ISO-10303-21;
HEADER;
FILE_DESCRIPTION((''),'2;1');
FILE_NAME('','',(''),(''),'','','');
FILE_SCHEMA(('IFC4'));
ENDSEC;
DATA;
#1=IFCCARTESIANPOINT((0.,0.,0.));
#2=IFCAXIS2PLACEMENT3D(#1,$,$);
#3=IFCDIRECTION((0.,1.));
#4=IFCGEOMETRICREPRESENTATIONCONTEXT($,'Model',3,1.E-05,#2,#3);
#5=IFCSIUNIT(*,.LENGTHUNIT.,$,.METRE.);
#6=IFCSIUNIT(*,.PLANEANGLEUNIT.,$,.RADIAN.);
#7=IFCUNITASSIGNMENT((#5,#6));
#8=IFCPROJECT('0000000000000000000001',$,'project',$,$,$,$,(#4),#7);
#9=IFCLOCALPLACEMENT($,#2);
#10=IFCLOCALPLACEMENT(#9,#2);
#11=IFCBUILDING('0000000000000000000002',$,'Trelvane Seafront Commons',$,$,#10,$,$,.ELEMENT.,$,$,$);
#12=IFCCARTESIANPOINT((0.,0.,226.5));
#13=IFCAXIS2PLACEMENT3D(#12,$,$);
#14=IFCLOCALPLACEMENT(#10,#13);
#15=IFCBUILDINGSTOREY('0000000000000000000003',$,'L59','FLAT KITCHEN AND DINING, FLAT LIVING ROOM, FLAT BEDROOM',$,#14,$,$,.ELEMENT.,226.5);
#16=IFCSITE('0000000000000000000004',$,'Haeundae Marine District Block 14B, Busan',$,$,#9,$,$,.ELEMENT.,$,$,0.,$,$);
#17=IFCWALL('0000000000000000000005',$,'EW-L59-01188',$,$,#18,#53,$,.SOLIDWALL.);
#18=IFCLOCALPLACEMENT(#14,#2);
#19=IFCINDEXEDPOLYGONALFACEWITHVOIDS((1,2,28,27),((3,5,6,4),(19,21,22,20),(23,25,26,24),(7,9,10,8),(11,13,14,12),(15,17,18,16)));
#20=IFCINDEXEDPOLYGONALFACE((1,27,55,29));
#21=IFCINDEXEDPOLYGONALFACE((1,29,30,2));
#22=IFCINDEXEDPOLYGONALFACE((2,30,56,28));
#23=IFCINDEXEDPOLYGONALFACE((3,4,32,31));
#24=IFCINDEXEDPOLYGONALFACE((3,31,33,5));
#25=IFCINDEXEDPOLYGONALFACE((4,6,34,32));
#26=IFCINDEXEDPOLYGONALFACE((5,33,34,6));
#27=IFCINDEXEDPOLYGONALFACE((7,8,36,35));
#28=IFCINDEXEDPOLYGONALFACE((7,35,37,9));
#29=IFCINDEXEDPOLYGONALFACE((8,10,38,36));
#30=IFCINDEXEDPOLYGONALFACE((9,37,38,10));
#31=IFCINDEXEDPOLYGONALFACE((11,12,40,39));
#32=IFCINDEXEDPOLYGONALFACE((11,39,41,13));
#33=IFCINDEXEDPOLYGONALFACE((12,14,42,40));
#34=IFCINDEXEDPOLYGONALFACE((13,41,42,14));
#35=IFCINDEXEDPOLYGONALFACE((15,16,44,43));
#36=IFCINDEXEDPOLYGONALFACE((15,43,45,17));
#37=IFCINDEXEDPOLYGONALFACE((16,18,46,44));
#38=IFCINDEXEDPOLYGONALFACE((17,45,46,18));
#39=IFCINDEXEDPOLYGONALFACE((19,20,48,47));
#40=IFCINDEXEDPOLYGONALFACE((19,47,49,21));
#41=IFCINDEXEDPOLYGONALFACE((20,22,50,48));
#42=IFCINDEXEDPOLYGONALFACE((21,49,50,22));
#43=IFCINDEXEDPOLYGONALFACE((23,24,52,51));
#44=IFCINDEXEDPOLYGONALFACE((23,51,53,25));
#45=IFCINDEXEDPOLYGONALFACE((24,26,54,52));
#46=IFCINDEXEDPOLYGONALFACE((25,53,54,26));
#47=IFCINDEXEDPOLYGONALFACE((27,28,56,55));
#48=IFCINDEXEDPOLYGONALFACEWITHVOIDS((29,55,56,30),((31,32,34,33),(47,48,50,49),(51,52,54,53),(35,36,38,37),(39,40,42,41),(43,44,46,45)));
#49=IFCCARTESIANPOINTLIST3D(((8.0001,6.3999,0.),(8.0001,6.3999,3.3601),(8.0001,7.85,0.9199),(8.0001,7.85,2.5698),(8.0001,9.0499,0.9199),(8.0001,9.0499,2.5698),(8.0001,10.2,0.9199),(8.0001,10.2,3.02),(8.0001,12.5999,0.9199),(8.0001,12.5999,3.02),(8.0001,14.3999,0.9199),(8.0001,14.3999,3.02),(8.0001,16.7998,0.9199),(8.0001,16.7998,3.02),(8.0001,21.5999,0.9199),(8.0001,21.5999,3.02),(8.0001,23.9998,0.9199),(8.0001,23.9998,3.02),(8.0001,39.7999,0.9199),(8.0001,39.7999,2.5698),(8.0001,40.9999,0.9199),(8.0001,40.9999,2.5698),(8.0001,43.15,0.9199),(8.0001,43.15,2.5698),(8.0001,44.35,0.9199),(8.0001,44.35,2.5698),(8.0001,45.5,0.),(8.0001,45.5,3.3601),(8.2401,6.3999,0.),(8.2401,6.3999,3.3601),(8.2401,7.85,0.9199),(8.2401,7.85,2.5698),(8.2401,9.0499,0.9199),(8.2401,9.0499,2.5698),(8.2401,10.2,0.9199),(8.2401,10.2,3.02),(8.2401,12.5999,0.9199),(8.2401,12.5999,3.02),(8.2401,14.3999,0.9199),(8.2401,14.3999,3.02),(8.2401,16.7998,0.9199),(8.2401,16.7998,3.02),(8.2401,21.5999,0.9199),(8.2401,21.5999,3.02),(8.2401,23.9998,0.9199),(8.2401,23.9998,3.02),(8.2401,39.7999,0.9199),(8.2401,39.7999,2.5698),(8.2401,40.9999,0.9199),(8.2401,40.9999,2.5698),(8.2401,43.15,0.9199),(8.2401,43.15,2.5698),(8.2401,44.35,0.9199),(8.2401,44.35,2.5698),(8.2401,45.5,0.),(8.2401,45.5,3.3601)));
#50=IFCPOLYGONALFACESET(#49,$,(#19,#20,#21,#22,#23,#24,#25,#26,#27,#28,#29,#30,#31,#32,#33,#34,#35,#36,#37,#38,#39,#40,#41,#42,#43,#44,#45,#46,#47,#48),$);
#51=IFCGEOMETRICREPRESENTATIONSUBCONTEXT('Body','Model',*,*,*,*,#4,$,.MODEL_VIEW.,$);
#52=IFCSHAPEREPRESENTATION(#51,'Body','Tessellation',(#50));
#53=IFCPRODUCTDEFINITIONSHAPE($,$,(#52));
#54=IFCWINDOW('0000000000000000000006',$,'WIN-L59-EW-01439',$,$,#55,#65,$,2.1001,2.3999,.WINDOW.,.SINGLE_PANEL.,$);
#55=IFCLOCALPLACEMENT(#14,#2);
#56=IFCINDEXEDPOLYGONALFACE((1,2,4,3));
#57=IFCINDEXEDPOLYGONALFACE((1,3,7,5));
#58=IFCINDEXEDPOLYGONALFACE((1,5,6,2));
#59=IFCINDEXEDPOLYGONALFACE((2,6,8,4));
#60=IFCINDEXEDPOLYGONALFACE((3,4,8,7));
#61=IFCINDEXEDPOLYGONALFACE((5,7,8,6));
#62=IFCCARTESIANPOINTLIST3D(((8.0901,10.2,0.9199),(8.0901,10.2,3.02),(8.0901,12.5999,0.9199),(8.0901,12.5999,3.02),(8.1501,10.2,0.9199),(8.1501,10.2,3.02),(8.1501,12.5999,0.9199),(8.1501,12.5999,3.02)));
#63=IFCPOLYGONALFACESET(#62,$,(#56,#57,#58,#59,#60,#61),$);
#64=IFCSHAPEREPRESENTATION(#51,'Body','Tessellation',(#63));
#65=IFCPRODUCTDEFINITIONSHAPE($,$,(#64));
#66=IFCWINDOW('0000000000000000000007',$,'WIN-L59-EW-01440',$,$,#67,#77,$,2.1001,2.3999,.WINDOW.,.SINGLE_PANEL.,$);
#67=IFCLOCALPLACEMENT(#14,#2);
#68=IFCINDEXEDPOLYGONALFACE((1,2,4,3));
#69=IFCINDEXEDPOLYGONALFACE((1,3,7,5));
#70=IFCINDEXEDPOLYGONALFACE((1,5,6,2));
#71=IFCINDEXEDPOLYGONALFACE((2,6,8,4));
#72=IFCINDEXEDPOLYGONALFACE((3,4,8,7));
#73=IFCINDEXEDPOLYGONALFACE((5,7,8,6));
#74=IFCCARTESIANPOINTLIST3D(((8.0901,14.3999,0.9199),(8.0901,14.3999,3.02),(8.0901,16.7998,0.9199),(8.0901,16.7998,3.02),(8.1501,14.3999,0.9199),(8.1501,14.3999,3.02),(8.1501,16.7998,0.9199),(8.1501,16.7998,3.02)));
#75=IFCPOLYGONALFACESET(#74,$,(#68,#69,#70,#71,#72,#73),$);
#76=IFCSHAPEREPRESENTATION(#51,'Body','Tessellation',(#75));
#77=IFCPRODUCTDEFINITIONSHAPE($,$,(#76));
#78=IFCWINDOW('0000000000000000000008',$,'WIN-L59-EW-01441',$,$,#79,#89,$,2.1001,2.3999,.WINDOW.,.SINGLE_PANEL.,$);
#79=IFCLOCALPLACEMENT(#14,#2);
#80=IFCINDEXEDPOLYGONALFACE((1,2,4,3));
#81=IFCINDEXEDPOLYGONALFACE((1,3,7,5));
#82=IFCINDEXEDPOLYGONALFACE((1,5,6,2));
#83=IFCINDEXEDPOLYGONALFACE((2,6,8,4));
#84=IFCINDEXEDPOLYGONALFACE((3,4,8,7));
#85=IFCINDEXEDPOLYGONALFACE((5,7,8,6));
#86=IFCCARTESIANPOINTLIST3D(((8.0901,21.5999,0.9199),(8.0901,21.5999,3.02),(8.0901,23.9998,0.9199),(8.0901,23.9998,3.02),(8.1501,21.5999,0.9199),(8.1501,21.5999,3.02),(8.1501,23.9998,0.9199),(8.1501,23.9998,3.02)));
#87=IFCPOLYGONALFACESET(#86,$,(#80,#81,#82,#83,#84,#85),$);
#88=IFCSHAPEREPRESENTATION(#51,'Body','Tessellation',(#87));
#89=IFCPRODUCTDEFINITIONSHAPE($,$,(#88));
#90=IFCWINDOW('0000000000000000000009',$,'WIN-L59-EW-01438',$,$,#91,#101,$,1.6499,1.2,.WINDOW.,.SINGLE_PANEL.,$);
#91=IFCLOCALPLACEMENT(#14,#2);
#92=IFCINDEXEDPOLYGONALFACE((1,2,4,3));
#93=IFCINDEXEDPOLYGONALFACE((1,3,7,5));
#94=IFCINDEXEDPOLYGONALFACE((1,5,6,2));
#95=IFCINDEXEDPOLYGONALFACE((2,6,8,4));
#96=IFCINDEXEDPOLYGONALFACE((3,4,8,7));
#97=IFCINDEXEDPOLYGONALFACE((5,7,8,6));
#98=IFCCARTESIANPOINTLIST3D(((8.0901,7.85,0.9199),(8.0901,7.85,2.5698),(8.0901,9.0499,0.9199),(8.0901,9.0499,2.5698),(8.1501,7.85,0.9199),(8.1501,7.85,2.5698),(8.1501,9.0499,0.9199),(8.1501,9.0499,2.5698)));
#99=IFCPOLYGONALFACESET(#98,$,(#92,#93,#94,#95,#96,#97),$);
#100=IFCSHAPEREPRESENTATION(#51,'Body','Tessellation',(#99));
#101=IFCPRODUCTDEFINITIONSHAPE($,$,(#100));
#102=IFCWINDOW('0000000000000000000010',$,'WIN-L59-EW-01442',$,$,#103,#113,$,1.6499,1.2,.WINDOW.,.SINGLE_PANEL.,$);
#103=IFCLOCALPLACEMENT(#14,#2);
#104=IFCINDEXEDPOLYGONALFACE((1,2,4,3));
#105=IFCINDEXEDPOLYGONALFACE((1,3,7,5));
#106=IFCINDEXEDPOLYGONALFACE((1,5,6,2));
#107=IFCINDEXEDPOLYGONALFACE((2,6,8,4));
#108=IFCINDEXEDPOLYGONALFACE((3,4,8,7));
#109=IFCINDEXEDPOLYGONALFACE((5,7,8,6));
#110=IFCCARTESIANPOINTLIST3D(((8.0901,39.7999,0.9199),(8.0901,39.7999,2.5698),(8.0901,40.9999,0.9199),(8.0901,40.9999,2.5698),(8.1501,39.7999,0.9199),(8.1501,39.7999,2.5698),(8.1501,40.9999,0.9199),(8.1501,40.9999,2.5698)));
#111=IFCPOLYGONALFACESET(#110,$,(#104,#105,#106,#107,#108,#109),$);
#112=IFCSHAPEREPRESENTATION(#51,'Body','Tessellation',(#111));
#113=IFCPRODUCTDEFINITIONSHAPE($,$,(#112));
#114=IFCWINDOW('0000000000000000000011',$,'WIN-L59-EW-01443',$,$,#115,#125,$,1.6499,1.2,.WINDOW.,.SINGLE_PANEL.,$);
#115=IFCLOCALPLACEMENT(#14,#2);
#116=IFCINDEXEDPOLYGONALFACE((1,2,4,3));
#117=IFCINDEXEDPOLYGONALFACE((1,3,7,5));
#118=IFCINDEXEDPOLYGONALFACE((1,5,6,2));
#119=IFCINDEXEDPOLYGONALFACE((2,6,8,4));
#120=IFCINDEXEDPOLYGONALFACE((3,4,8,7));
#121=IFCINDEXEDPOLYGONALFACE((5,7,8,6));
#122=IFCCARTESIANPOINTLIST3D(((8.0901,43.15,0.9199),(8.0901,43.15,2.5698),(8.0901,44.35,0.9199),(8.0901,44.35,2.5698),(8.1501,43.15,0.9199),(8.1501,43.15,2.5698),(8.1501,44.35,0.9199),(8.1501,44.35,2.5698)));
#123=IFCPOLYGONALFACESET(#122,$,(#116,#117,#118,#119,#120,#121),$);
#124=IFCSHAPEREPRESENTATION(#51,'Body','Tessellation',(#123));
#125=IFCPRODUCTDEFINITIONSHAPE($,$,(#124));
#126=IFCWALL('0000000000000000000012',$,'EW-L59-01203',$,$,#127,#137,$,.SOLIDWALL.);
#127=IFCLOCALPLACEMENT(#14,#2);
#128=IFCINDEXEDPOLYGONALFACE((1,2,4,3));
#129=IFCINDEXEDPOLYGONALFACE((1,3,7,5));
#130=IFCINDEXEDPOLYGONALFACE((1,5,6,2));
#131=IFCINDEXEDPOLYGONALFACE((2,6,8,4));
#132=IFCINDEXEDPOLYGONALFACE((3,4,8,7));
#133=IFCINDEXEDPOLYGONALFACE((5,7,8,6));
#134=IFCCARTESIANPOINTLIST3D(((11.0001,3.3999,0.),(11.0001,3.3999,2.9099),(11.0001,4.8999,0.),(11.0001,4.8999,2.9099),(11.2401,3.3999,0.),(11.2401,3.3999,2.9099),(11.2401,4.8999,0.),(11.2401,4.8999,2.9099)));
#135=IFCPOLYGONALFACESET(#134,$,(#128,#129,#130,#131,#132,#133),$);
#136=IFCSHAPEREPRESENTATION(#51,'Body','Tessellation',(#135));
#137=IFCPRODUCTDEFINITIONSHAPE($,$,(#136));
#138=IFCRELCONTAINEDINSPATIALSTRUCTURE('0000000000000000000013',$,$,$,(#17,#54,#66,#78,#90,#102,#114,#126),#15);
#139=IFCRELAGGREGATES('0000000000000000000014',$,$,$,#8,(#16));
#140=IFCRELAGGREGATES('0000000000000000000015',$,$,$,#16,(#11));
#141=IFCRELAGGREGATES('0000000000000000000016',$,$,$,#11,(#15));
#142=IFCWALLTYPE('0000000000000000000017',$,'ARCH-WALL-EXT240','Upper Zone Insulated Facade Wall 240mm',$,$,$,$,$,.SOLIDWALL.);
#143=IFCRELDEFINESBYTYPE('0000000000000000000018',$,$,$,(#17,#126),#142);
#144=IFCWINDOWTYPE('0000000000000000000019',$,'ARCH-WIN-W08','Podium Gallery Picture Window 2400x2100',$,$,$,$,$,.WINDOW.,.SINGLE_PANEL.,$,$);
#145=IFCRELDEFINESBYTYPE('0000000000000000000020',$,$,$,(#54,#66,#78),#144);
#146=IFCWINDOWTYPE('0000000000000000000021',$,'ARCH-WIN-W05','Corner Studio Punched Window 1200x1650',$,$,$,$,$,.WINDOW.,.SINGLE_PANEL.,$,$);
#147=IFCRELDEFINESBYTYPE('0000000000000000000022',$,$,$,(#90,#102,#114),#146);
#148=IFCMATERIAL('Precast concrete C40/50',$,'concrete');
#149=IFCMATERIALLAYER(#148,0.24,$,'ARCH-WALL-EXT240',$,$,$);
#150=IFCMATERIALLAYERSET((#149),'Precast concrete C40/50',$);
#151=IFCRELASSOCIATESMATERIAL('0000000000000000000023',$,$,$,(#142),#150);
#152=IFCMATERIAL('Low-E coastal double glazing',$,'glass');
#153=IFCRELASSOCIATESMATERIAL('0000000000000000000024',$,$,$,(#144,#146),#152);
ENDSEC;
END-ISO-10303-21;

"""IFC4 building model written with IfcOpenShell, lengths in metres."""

from ifc_helpers import new_model, si_unit, direction, frame, frame_2d, origin, place, context, subcontext, project, spatial, rectangle, extrude, source, transform, mapped, material, layer, layer_set, type_object, element, fill, save


model = new_model("IFC4")

# Units and contexts
model_context = context("Model", 3, precision=1e-05, world=origin(), true_north=direction((0.0, 1.0)))
body_context = subcontext(model_context, "Body", "Model", "MODEL_VIEW")
ifc_project = project(units=[si_unit("LENGTHUNIT", "METRE"), si_unit("PLANEANGLEUNIT", "RADIAN")], contexts=[model_context])

# Site, building, storey
site_placement = place(None, origin())
site = spatial("IfcSite", under=ifc_project, at=site_placement, Name="Haeundae Marine District Block 14B, Busan", CompositionType="ELEMENT", RefElevation=0.0)
building_placement = place(site_placement, origin())
building = spatial("IfcBuilding", under=site, at=building_placement, Name="Trelvane Seafront Commons", CompositionType="ELEMENT")
storey_placement = place(building_placement, frame((0.0, 0.0, 226.5)))
storey = spatial("IfcBuildingStorey", under=building, at=storey_placement, Name="L59", Description="FLAT KITCHEN AND DINING, FLAT LIVING ROOM, FLAT BEDROOM", CompositionType="ELEMENT", Elevation=226.5)

# Shared definitions
ifc_material_1 = material(Name="Precast concrete C40/50", Category="concrete")
ifc_layer_1 = layer(ifc_material_1, 0.24, Name="ARCH-WALL-EXT240")
ifc_layer_set_1 = layer_set([ifc_layer_1], Name="Precast concrete C40/50")
wall_type_1 = type_object("IfcWallType", Name="ARCH-WALL-EXT240", Description="Upper Zone Insulated Facade Wall 240mm", PredefinedType="SOLIDWALL", material=ifc_layer_set_1)

# Wall, openings, windows
wall_1_placement = place(storey_placement, frame((8.1201, 6.3999, 0.0), z_axis=(0.0, 0.0, 1.0), x_axis=(0.0, 1.0, 0.0)))
wall_1 = element("IfcWall", 1, at=wall_1_placement, inside=storey, type_object=wall_type_1, Name="EW-L59-01188", PredefinedType="SOLIDWALL", context=body_context, shape_type="SweptSolid", body=[
    extrude(rectangle(XDim=39.1001, YDim=0.24, at=frame_2d((19.55, 0.0))), origin(), (0.0, 0.0, 1.0), 3.3601),
])
opening_1_placement = place(wall_1_placement, frame((1.45, 0.0, 0.9199)))
opening_1 = element("IfcOpeningElement", 2, at=opening_1_placement, cuts=wall_1, PredefinedType="OPENING", context=body_context, shape_type="SweptSolid", body=[
    extrude(rectangle(XDim=1.2, YDim=1.6499, at=frame_2d((0.6001, 0.825))), frame((0.0, 0.1299, 0.0), z_axis=(0.0, -1.0, 0.0), x_axis=(1.0, 0.0, 0.0)), (0.0, 0.0, 1.0), 0.26),
])
opening_2_placement = place(wall_1_placement, frame((3.8, 0.0, 0.9199)))
opening_2 = element("IfcOpeningElement", 3, at=opening_2_placement, cuts=wall_1, PredefinedType="OPENING", context=body_context, shape_type="SweptSolid", body=[
    extrude(rectangle(XDim=2.3999, YDim=2.1001, at=frame_2d((1.2, 1.05))), frame((0.0, 0.1299, 0.0), z_axis=(0.0, -1.0, 0.0), x_axis=(1.0, 0.0, 0.0)), (0.0, 0.0, 1.0), 0.26),
])
opening_3_placement = place(wall_1_placement, frame((8.0, 0.0, 0.9199)))
opening_3 = element("IfcOpeningElement", 4, at=opening_3_placement, cuts=wall_1, PredefinedType="OPENING", context=body_context, shape_type="SweptSolid", body=[
    extrude(rectangle(XDim=2.3999, YDim=2.1001, at=frame_2d((1.2, 1.05))), frame((0.0, 0.1299, 0.0), z_axis=(0.0, -1.0, 0.0), x_axis=(1.0, 0.0, 0.0)), (0.0, 0.0, 1.0), 0.26),
])
opening_4_placement = place(wall_1_placement, frame((15.2, 0.0, 0.9199)))
opening_4 = element("IfcOpeningElement", 5, at=opening_4_placement, cuts=wall_1, PredefinedType="OPENING", context=body_context, shape_type="SweptSolid", body=[
    extrude(rectangle(XDim=2.3999, YDim=2.1001, at=frame_2d((1.2, 1.05))), frame((0.0, 0.1299, 0.0), z_axis=(0.0, -1.0, 0.0), x_axis=(1.0, 0.0, 0.0)), (0.0, 0.0, 1.0), 0.26),
])
opening_5_placement = place(wall_1_placement, frame((33.3999, 0.0, 0.9199)))
opening_5 = element("IfcOpeningElement", 6, at=opening_5_placement, cuts=wall_1, PredefinedType="OPENING", context=body_context, shape_type="SweptSolid", body=[
    extrude(rectangle(XDim=1.2, YDim=1.6499, at=frame_2d((0.6001, 0.825))), frame((0.0, 0.1299, 0.0), z_axis=(0.0, -1.0, 0.0), x_axis=(1.0, 0.0, 0.0)), (0.0, 0.0, 1.0), 0.26),
])
opening_6_placement = place(wall_1_placement, frame((36.75, 0.0, 0.9199)))
opening_6 = element("IfcOpeningElement", 7, at=opening_6_placement, cuts=wall_1, PredefinedType="OPENING", context=body_context, shape_type="SweptSolid", body=[
    extrude(rectangle(XDim=1.2, YDim=1.6499, at=frame_2d((0.6001, 0.825))), frame((0.0, 0.1299, 0.0), z_axis=(0.0, -1.0, 0.0), x_axis=(1.0, 0.0, 0.0)), (0.0, 0.0, 1.0), 0.26),
])
ifc_material_2 = material(Name="Low-E coastal double glazing", Category="glass")
window_type_1 = type_object("IfcWindowType", Name="ARCH-WIN-W08", Description="Podium Gallery Picture Window 2400x2100", PartitioningType="SINGLE_PANEL", PredefinedType="WINDOW", material=ifc_material_2)
shared_shape_1 = source(origin(), body_context, "Body", "SweptSolid", [
    extrude(rectangle(XDim=2.3999, YDim=2.1001, at=frame_2d((1.2, 1.05))), frame((0.0, 0.03, 0.0), z_axis=(0.0, -1.0, 0.0), x_axis=(1.0, 0.0, 0.0)), (0.0, 0.0, 1.0), 0.0601),
])
window_1_placement = place(opening_2_placement, origin())
window_1 = element("IfcWindow", 8, at=window_1_placement, inside=storey, type_object=window_type_1, Name="WIN-L59-EW-01439", OverallHeight=2.1001, OverallWidth=2.3999, PartitioningType="SINGLE_PANEL", PredefinedType="WINDOW", context=body_context, shape_type="MappedRepresentation", body=[
    mapped(shared_shape_1, transform((0.0, 0.0, 0.0), x_axis=(1.0, 0.0, 0.0), y_axis=(0.0, 1.0, 0.0), z_axis=(0.0, 0.0, 1.0), scale=1.0)),
])
fill(opening_2, window_1)
window_2_placement = place(opening_3_placement, origin())
window_2 = element("IfcWindow", 9, at=window_2_placement, inside=storey, type_object=window_type_1, Name="WIN-L59-EW-01440", OverallHeight=2.1001, OverallWidth=2.3999, PartitioningType="SINGLE_PANEL", PredefinedType="WINDOW", context=body_context, shape_type="MappedRepresentation", body=[
    mapped(shared_shape_1, transform((0.0, 0.0, 0.0), x_axis=(1.0, 0.0, 0.0), y_axis=(0.0, 1.0, 0.0), z_axis=(0.0, 0.0, 1.0), scale=1.0)),
])
fill(opening_3, window_2)
window_3_placement = place(opening_4_placement, origin())
window_3 = element("IfcWindow", 10, at=window_3_placement, inside=storey, type_object=window_type_1, Name="WIN-L59-EW-01441", OverallHeight=2.1001, OverallWidth=2.3999, PartitioningType="SINGLE_PANEL", PredefinedType="WINDOW", context=body_context, shape_type="MappedRepresentation", body=[
    mapped(shared_shape_1, transform((0.0, 0.0, 0.0), x_axis=(1.0, 0.0, 0.0), y_axis=(0.0, 1.0, 0.0), z_axis=(0.0, 0.0, 1.0), scale=1.0)),
])
fill(opening_4, window_3)
window_type_2 = type_object("IfcWindowType", Name="ARCH-WIN-W05", Description="Corner Studio Punched Window 1200x1650", PartitioningType="SINGLE_PANEL", PredefinedType="WINDOW", material=ifc_material_2)
shared_shape_2 = source(origin(), body_context, "Body", "SweptSolid", [
    extrude(rectangle(XDim=1.2, YDim=1.6499, at=frame_2d((0.6001, 0.825))), frame((0.0, 0.03, 0.0), z_axis=(0.0, -1.0, 0.0), x_axis=(1.0, 0.0, 0.0)), (0.0, 0.0, 1.0), 0.0601),
])
window_4_placement = place(opening_1_placement, origin())
window_4 = element("IfcWindow", 11, at=window_4_placement, inside=storey, type_object=window_type_2, Name="WIN-L59-EW-01438", OverallHeight=1.6499, OverallWidth=1.2, PartitioningType="SINGLE_PANEL", PredefinedType="WINDOW", context=body_context, shape_type="MappedRepresentation", body=[
    mapped(shared_shape_2, transform((0.0, 0.0, 0.0), x_axis=(1.0, 0.0, 0.0), y_axis=(0.0, 1.0, 0.0), z_axis=(0.0, 0.0, 1.0), scale=1.0)),
])
fill(opening_1, window_4)
window_5_placement = place(opening_5_placement, origin())
window_5 = element("IfcWindow", 12, at=window_5_placement, inside=storey, type_object=window_type_2, Name="WIN-L59-EW-01442", OverallHeight=1.6499, OverallWidth=1.2, PartitioningType="SINGLE_PANEL", PredefinedType="WINDOW", context=body_context, shape_type="MappedRepresentation", body=[
    mapped(shared_shape_2, transform((0.0, 0.0, 0.0), x_axis=(1.0, 0.0, 0.0), y_axis=(0.0, 1.0, 0.0), z_axis=(0.0, 0.0, 1.0), scale=1.0)),
])
fill(opening_5, window_5)
window_6_placement = place(opening_6_placement, origin())
window_6 = element("IfcWindow", 13, at=window_6_placement, inside=storey, type_object=window_type_2, Name="WIN-L59-EW-01443", OverallHeight=1.6499, OverallWidth=1.2, PartitioningType="SINGLE_PANEL", PredefinedType="WINDOW", context=body_context, shape_type="MappedRepresentation", body=[
    mapped(shared_shape_2, transform((0.0, 0.0, 0.0), x_axis=(1.0, 0.0, 0.0), y_axis=(0.0, 1.0, 0.0), z_axis=(0.0, 0.0, 1.0), scale=1.0)),
])
fill(opening_6, window_6)

# Wall
wall_2_placement = place(storey_placement, frame((11.1201, 3.3999, 0.0), z_axis=(0.0, 0.0, 1.0), x_axis=(0.0, 1.0, 0.0)))
element("IfcWall", 14, at=wall_2_placement, inside=storey, type_object=wall_type_1, Name="EW-L59-01203", PredefinedType="SOLIDWALL", context=body_context, shape_type="SweptSolid", body=[
    extrude(rectangle(XDim=1.5, YDim=0.24, at=frame_2d((0.75, 0.0))), origin(), (0.0, 0.0, 1.0), 2.9099),
])

save(model, "model.ifc")
